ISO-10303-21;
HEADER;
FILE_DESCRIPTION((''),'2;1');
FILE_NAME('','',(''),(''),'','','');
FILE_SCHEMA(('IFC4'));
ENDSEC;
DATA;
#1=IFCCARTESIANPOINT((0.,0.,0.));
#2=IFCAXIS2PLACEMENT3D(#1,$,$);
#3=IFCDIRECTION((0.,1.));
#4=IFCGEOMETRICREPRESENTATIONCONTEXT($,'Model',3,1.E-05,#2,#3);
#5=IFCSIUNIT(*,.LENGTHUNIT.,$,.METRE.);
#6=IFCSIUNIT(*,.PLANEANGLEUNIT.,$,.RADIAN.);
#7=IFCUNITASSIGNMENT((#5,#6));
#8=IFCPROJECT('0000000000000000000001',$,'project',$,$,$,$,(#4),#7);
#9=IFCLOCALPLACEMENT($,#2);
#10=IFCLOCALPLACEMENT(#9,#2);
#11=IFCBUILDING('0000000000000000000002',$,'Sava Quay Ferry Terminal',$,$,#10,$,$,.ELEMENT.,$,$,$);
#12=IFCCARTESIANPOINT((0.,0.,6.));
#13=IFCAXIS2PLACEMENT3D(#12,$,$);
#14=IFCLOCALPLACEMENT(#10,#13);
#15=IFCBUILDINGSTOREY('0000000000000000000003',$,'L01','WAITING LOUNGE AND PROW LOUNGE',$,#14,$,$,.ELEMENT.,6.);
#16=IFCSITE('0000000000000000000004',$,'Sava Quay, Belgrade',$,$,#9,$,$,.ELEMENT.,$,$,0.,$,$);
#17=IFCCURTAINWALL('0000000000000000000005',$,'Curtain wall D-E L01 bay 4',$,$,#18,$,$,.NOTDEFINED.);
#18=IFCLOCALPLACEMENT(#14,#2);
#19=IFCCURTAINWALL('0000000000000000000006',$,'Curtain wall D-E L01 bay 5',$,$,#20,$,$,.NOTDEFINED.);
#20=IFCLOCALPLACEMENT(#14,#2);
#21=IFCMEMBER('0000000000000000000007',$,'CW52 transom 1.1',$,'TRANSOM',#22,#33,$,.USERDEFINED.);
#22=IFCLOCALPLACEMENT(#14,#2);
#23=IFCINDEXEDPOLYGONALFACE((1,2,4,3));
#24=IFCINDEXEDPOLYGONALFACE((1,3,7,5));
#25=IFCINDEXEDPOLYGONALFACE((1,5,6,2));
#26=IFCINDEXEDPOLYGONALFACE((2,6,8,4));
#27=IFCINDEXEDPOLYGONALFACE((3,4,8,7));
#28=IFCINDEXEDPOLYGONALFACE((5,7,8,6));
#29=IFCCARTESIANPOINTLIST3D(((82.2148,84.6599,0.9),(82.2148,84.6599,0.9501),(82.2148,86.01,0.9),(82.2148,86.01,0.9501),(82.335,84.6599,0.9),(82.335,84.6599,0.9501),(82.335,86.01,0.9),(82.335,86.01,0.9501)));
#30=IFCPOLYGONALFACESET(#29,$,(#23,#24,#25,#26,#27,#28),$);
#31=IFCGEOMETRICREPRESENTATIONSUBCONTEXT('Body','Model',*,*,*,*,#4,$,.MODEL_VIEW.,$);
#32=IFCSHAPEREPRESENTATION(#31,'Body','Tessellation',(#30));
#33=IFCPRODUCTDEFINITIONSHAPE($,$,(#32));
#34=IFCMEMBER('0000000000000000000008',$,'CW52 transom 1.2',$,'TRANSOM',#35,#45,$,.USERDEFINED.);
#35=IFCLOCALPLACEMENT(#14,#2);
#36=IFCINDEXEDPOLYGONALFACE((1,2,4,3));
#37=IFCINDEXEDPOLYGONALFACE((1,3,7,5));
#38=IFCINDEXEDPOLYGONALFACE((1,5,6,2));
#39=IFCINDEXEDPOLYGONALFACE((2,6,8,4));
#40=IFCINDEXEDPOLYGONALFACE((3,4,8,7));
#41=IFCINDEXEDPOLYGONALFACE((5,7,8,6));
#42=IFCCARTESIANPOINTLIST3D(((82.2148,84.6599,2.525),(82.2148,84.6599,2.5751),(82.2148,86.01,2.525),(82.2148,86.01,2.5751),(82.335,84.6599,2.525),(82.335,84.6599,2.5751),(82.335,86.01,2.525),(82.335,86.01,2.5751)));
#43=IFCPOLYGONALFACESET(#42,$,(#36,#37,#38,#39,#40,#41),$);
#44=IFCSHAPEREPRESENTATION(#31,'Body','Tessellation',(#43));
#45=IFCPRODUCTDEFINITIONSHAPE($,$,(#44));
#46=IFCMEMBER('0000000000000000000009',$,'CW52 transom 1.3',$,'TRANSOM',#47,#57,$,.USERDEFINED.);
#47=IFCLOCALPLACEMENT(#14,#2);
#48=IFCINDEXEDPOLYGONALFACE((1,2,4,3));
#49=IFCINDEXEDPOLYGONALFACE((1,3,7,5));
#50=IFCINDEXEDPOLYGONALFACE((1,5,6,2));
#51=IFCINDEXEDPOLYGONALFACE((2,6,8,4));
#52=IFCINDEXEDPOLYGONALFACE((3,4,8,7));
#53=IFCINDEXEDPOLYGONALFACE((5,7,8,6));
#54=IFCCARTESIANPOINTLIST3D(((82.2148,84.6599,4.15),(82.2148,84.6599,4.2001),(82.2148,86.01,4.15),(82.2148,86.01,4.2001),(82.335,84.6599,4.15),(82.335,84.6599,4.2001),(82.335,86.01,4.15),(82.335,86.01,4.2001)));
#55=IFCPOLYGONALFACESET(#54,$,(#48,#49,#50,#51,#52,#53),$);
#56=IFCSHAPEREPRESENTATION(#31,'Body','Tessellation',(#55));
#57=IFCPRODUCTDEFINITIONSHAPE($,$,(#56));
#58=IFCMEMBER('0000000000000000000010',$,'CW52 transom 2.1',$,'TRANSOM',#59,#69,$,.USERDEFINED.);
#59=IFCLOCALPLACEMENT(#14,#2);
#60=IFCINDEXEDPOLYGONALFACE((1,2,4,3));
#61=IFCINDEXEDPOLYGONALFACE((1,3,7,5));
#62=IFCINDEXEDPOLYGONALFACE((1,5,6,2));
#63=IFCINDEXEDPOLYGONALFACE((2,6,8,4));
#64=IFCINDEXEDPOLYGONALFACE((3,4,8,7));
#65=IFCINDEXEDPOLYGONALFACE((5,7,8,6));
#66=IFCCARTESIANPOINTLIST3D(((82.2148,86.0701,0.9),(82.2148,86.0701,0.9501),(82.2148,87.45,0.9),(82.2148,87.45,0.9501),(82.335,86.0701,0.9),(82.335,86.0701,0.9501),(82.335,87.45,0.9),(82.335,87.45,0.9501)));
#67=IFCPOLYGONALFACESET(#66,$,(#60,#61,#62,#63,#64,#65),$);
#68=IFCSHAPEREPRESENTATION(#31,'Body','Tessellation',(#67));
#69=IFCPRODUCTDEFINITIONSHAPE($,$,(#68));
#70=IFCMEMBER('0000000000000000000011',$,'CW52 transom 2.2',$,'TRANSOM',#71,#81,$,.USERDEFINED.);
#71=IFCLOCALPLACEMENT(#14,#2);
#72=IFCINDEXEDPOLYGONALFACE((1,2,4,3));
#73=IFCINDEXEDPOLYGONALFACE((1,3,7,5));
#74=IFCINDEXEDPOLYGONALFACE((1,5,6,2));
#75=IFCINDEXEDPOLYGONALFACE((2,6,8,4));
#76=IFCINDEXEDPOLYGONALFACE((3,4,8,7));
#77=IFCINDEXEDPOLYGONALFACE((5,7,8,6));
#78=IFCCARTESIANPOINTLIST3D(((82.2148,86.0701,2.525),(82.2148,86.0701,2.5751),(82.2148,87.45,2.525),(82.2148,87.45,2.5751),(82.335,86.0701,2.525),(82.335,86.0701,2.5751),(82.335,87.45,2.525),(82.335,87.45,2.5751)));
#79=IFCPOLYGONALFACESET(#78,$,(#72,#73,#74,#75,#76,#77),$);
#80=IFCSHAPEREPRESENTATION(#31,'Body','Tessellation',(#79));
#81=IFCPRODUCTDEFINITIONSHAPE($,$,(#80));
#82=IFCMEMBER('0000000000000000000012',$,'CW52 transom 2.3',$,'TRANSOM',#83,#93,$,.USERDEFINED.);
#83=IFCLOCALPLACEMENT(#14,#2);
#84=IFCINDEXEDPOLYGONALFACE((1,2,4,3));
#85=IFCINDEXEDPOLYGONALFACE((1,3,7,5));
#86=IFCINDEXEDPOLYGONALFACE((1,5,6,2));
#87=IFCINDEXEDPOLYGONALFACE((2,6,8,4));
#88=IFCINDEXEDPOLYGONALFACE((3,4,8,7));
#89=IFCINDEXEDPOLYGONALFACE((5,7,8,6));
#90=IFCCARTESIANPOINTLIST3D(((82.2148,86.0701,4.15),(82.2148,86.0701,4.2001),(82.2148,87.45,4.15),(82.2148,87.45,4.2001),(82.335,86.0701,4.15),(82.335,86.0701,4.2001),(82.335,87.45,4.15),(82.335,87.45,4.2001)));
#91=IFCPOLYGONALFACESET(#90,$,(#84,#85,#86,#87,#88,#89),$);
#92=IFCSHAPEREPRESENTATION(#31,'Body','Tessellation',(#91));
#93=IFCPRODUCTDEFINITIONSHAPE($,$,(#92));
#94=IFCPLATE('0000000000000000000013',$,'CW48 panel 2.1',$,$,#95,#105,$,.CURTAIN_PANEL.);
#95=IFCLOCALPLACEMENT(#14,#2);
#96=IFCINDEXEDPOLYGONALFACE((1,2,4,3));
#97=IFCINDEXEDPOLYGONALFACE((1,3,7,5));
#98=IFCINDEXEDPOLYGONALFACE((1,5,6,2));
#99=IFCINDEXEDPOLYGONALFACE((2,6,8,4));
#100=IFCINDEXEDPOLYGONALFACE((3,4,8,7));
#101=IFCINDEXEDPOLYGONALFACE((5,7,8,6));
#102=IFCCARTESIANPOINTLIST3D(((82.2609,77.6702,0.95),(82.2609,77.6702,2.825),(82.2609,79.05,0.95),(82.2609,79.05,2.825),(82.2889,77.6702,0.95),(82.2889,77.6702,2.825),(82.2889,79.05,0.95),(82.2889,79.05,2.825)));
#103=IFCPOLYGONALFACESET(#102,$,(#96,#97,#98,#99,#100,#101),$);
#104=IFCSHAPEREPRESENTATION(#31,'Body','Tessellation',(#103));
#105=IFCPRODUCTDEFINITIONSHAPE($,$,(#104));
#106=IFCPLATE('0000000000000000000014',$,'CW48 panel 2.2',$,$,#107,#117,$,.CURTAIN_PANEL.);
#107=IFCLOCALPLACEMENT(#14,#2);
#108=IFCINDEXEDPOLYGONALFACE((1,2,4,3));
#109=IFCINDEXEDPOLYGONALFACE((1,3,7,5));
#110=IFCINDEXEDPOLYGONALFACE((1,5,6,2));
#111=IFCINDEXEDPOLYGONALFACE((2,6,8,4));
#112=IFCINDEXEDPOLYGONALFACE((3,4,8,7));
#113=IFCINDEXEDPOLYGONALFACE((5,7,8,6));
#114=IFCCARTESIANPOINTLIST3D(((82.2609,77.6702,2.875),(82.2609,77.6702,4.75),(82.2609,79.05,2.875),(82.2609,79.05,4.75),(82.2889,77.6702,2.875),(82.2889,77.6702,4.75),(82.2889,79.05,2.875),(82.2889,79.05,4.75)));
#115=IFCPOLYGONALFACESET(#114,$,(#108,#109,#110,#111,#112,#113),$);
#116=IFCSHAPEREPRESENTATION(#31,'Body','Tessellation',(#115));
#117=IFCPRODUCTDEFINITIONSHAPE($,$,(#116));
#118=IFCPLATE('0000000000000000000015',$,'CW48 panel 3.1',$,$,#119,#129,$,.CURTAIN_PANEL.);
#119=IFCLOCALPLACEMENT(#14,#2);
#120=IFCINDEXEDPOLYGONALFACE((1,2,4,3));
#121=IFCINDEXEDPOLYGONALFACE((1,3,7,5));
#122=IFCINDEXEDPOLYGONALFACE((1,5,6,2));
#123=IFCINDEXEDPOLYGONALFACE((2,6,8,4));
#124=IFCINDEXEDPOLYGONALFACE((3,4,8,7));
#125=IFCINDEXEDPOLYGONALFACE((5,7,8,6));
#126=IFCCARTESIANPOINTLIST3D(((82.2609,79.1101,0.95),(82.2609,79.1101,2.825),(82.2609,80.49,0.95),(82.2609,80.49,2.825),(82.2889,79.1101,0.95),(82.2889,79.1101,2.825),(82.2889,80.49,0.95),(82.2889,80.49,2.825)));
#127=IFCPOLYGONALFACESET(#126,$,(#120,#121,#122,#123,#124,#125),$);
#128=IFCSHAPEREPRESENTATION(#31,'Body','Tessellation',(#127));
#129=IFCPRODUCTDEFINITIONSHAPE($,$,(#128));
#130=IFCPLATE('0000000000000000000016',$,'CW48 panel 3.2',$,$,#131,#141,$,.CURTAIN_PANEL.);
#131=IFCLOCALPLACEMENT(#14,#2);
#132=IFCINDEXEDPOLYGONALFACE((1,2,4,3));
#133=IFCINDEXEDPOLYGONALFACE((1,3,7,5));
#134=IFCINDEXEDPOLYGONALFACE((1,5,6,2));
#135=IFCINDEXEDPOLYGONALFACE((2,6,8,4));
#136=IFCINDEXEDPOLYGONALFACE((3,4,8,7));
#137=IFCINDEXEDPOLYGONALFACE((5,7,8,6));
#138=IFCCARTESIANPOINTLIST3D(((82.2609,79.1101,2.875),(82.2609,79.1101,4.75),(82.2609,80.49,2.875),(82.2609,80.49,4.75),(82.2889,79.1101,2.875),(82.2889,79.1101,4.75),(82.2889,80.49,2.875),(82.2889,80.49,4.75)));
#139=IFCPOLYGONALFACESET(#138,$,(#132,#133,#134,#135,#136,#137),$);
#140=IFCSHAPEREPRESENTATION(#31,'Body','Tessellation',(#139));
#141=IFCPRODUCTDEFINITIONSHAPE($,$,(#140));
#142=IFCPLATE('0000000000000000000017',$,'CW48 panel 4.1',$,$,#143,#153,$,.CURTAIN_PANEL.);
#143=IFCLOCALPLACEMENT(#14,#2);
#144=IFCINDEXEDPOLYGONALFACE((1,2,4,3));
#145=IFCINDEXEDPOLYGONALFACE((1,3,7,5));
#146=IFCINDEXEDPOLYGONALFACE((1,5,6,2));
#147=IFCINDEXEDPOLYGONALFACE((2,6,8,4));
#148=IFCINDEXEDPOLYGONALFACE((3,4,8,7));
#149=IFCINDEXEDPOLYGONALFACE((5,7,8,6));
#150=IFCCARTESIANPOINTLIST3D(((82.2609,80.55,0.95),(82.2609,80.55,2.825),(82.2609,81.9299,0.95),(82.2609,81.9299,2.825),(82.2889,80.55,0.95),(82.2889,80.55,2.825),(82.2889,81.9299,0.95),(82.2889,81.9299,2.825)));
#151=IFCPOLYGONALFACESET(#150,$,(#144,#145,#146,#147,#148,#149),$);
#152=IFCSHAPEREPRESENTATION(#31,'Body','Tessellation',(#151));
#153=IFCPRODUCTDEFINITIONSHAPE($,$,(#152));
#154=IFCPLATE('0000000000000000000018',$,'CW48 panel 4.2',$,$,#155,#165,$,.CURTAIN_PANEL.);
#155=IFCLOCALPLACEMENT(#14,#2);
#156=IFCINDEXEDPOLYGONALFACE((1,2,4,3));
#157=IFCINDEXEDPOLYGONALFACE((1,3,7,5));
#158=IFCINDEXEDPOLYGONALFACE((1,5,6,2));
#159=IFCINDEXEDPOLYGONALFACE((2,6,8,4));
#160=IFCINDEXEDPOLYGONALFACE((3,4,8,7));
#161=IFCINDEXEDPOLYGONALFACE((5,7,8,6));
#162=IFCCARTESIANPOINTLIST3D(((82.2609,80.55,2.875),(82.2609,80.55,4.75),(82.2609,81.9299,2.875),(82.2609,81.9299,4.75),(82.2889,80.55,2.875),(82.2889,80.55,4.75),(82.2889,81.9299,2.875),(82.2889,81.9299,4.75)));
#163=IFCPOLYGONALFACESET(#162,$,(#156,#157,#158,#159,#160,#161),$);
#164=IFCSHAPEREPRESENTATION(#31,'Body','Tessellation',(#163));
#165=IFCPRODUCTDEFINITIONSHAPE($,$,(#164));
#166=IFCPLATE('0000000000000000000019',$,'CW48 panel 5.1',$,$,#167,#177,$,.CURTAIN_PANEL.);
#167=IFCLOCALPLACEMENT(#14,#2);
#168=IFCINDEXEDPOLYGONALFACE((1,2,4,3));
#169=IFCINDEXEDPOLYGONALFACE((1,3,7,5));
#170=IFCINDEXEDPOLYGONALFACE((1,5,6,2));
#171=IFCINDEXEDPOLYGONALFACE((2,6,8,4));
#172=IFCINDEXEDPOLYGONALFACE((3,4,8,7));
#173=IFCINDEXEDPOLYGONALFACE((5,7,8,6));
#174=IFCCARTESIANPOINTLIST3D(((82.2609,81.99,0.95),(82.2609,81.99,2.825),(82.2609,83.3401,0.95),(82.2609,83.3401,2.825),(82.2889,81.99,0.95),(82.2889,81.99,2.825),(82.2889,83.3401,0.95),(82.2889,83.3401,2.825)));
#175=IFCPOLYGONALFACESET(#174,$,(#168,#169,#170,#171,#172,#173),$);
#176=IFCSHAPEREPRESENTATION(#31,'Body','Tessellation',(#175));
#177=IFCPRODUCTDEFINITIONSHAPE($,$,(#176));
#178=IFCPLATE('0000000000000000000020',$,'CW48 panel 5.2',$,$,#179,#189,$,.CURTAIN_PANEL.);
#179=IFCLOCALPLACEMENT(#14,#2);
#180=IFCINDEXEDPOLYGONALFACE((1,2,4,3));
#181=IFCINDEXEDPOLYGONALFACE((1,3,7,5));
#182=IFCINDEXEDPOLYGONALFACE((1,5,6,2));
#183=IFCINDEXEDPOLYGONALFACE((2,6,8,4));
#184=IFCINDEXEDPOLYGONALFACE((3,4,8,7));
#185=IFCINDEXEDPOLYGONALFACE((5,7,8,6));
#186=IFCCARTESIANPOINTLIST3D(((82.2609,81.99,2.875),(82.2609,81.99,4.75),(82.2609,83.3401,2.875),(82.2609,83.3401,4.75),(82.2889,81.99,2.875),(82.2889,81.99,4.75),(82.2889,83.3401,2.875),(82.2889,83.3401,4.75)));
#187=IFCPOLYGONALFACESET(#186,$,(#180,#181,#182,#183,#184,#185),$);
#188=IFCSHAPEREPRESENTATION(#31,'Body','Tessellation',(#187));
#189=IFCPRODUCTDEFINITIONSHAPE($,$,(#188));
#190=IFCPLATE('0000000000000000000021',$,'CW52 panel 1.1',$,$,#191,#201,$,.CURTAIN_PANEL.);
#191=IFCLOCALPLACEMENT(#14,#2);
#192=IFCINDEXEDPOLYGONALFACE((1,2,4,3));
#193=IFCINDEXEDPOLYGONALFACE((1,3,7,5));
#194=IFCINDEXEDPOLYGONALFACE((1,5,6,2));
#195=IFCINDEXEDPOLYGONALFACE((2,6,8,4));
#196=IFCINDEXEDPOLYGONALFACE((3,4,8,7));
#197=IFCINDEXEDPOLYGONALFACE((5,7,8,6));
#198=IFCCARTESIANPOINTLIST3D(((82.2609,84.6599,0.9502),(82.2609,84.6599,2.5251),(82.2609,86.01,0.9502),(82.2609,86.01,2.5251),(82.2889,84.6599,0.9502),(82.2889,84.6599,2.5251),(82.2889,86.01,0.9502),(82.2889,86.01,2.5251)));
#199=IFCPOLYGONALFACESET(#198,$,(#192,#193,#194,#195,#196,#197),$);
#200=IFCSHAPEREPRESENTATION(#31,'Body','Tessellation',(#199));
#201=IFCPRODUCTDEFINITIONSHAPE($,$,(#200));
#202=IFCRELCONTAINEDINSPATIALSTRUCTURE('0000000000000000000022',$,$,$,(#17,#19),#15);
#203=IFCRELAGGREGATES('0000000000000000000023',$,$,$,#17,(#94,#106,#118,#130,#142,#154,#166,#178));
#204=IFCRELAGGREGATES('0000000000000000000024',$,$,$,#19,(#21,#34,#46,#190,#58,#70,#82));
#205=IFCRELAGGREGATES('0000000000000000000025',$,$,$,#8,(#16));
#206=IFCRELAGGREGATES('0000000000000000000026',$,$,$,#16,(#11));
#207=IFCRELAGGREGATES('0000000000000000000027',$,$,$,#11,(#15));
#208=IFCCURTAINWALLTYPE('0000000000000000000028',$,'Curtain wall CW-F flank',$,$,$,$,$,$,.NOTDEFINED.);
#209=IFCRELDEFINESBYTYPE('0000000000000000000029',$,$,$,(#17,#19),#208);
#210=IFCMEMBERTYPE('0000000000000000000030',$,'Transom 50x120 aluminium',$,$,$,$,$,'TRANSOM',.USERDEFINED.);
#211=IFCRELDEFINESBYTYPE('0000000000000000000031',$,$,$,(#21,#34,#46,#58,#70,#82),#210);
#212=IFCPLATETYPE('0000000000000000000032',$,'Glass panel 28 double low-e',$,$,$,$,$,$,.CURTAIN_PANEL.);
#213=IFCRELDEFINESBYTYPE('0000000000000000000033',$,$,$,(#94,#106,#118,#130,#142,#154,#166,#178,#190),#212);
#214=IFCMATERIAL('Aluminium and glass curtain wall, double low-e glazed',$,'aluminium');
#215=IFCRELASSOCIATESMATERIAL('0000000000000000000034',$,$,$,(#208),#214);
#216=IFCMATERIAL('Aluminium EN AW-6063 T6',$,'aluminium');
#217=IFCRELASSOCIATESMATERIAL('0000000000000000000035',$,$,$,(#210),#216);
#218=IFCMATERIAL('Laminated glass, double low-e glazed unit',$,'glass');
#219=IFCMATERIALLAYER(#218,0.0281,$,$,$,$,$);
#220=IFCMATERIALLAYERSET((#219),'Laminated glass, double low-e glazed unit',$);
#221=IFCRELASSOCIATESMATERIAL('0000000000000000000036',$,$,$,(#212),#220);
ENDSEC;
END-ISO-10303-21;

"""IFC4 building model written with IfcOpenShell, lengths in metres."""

from ifc_helpers import new_model, si_unit, direction, frame, origin, origin_2d, place, context, subcontext, project, spatial, rectangle, extrude, material, layer, layer_set, material_profile, profile_set, type_object, element, aggregate, save


model = new_model("IFC4")

# Units and contexts
model_context = context("Model", 3, precision=1e-05, world=origin(), true_north=direction((0.0, 1.0)))
body_context = subcontext(model_context, "Body", "Model", "MODEL_VIEW")
ifc_project = project(units=[si_unit("LENGTHUNIT", "METRE"), si_unit("PLANEANGLEUNIT", "RADIAN")], contexts=[model_context])

# Site, building, storey
site_placement = place(None, origin())
site = spatial("IfcSite", under=ifc_project, at=site_placement, Name="Sava Quay, Belgrade", CompositionType="ELEMENT", RefElevation=0.0)
building_placement = place(site_placement, origin())
building = spatial("IfcBuilding", under=site, at=building_placement, Name="Sava Quay Ferry Terminal", CompositionType="ELEMENT")
storey_placement = place(building_placement, frame((0.0, 0.0, 6.0)))
storey = spatial("IfcBuildingStorey", under=building, at=storey_placement, Name="L01", Description="WAITING LOUNGE AND PROW LOUNGE", CompositionType="ELEMENT", Elevation=6.0)

# Curtain walls
ifc_material_1 = material(Name="Aluminium and glass curtain wall, double low-e glazed", Category="aluminium")
curtain_wall_type = type_object("IfcCurtainWallType", Name="Curtain wall CW-F flank", PredefinedType="NOTDEFINED", material=ifc_material_1)
curtain_wall_1_placement = place(storey_placement, origin())
curtain_wall_1 = element("IfcCurtainWall", 1, at=curtain_wall_1_placement, inside=storey, type_object=curtain_wall_type, Name="Curtain wall D-E L01 bay 4", PredefinedType="NOTDEFINED")
curtain_wall_2_placement = place(storey_placement, origin())
curtain_wall_2 = element("IfcCurtainWall", 2, at=curtain_wall_2_placement, inside=storey, type_object=curtain_wall_type, Name="Curtain wall D-E L01 bay 5", PredefinedType="NOTDEFINED")

# Members
ifc_material_2 = material(Name="Aluminium EN AW-6063 T6", Category="aluminium")
ifc_material_profile_1 = material_profile(ifc_material_2, rectangle(XDim=0.1201, YDim=0.05, at=origin_2d()), Name="Transom 50x120 aluminium")
ifc_profile_set_1 = profile_set([ifc_material_profile_1], Name="Aluminium EN AW-6063 T6")
member_type_1 = type_object("IfcMemberType", Name="Transom 50x120 aluminium", ElementType="TRANSOM", PredefinedType="USERDEFINED", material=ifc_profile_set_1)
member_1_placement = place(storey_placement, frame((82.2749, 84.6599, 0.925), z_axis=(0.0, 1.0, 0.0), x_axis=(-1.0, 0.0, 0.0)))
member_1 = element("IfcMember", 3, at=member_1_placement, type_object=member_type_1, Name="CW52 transom 1.1", ObjectType="TRANSOM", PredefinedType="USERDEFINED", context=body_context, shape_type="SweptSolid", body=[
    extrude(rectangle(XDim=0.1201, YDim=0.05, at=origin_2d()), origin(), (0.0, 0.0, 1.0), 1.3501),
])
member_2_placement = place(storey_placement, frame((82.2749, 84.6599, 2.55), z_axis=(0.0, 1.0, 0.0), x_axis=(-1.0, 0.0, 0.0)))
member_2 = element("IfcMember", 4, at=member_2_placement, type_object=member_type_1, Name="CW52 transom 1.2", ObjectType="TRANSOM", PredefinedType="USERDEFINED", context=body_context, shape_type="SweptSolid", body=[
    extrude(rectangle(XDim=0.1201, YDim=0.05, at=origin_2d()), origin(), (0.0, 0.0, 1.0), 1.3501),
])
member_3_placement = place(storey_placement, frame((82.2749, 84.6599, 4.175), z_axis=(0.0, 1.0, 0.0), x_axis=(-1.0, 0.0, 0.0)))
member_3 = element("IfcMember", 5, at=member_3_placement, type_object=member_type_1, Name="CW52 transom 1.3", ObjectType="TRANSOM", PredefinedType="USERDEFINED", context=body_context, shape_type="SweptSolid", body=[
    extrude(rectangle(XDim=0.1201, YDim=0.05, at=origin_2d()), origin(), (0.0, 0.0, 1.0), 1.3501),
])
member_4_placement = place(storey_placement, frame((82.2749, 86.0701, 0.925), z_axis=(0.0, 1.0, 0.0), x_axis=(-1.0, 0.0, 0.0)))
member_4 = element("IfcMember", 6, at=member_4_placement, type_object=member_type_1, Name="CW52 transom 2.1", ObjectType="TRANSOM", PredefinedType="USERDEFINED", context=body_context, shape_type="SweptSolid", body=[
    extrude(rectangle(XDim=0.1201, YDim=0.05, at=origin_2d()), origin(), (0.0, 0.0, 1.0), 1.3799),
])
member_5_placement = place(storey_placement, frame((82.2749, 86.0701, 2.55), z_axis=(0.0, 1.0, 0.0), x_axis=(-1.0, 0.0, 0.0)))
member_5 = element("IfcMember", 7, at=member_5_placement, type_object=member_type_1, Name="CW52 transom 2.2", ObjectType="TRANSOM", PredefinedType="USERDEFINED", context=body_context, shape_type="SweptSolid", body=[
    extrude(rectangle(XDim=0.1201, YDim=0.05, at=origin_2d()), origin(), (0.0, 0.0, 1.0), 1.3799),
])
member_6_placement = place(storey_placement, frame((82.2749, 86.0701, 4.175), z_axis=(0.0, 1.0, 0.0), x_axis=(-1.0, 0.0, 0.0)))
member_6 = element("IfcMember", 8, at=member_6_placement, type_object=member_type_1, Name="CW52 transom 2.3", ObjectType="TRANSOM", PredefinedType="USERDEFINED", context=body_context, shape_type="SweptSolid", body=[
    extrude(rectangle(XDim=0.1201, YDim=0.05, at=origin_2d()), origin(), (0.0, 0.0, 1.0), 1.3799),
])

# Plates
ifc_material_3 = material(Name="Laminated glass, double low-e glazed unit", Category="glass")
ifc_layer_1 = layer(ifc_material_3, 0.0281)
ifc_layer_set_1 = layer_set([ifc_layer_1], Name="Laminated glass, double low-e glazed unit")
plate_type = type_object("IfcPlateType", Name="Glass panel 28 double low-e", PredefinedType="CURTAIN_PANEL", material=ifc_layer_set_1)
plate_1_placement = place(storey_placement, frame((82.2749, 78.3601, 0.95), z_axis=(0.0, 0.0, 1.0), x_axis=(0.0, 1.0, 0.0)))
plate_1 = element("IfcPlate", 9, at=plate_1_placement, type_object=plate_type, Name="CW48 panel 2.1", PredefinedType="CURTAIN_PANEL", context=body_context, shape_type="SweptSolid", body=[
    extrude(rectangle(XDim=1.3799, YDim=0.0281, at=origin_2d()), origin(), (0.0, 0.0, 1.0), 1.875),
])
plate_2_placement = place(storey_placement, frame((82.2749, 78.3601, 2.875), z_axis=(0.0, 0.0, 1.0), x_axis=(0.0, 1.0, 0.0)))
plate_2 = element("IfcPlate", 10, at=plate_2_placement, type_object=plate_type, Name="CW48 panel 2.2", PredefinedType="CURTAIN_PANEL", context=body_context, shape_type="SweptSolid", body=[
    extrude(rectangle(XDim=1.3799, YDim=0.0281, at=origin_2d()), origin(), (0.0, 0.0, 1.0), 1.875),
])
plate_3_placement = place(storey_placement, frame((82.2749, 79.8, 0.95), z_axis=(0.0, 0.0, 1.0), x_axis=(0.0, 1.0, 0.0)))
plate_3 = element("IfcPlate", 11, at=plate_3_placement, type_object=plate_type, Name="CW48 panel 3.1", PredefinedType="CURTAIN_PANEL", context=body_context, shape_type="SweptSolid", body=[
    extrude(rectangle(XDim=1.3799, YDim=0.0281, at=origin_2d()), origin(), (0.0, 0.0, 1.0), 1.875),
])
plate_4_placement = place(storey_placement, frame((82.2749, 79.8, 2.875), z_axis=(0.0, 0.0, 1.0), x_axis=(0.0, 1.0, 0.0)))
plate_4 = element("IfcPlate", 12, at=plate_4_placement, type_object=plate_type, Name="CW48 panel 3.2", PredefinedType="CURTAIN_PANEL", context=body_context, shape_type="SweptSolid", body=[
    extrude(rectangle(XDim=1.3799, YDim=0.0281, at=origin_2d()), origin(), (0.0, 0.0, 1.0), 1.875),
])
plate_5_placement = place(storey_placement, frame((82.2749, 81.24, 0.95), z_axis=(0.0, 0.0, 1.0), x_axis=(0.0, 1.0, 0.0)))
plate_5 = element("IfcPlate", 13, at=plate_5_placement, type_object=plate_type, Name="CW48 panel 4.1", PredefinedType="CURTAIN_PANEL", context=body_context, shape_type="SweptSolid", body=[
    extrude(rectangle(XDim=1.3799, YDim=0.0281, at=origin_2d()), origin(), (0.0, 0.0, 1.0), 1.875),
])
plate_6_placement = place(storey_placement, frame((82.2749, 81.24, 2.875), z_axis=(0.0, 0.0, 1.0), x_axis=(0.0, 1.0, 0.0)))
plate_6 = element("IfcPlate", 14, at=plate_6_placement, type_object=plate_type, Name="CW48 panel 4.2", PredefinedType="CURTAIN_PANEL", context=body_context, shape_type="SweptSolid", body=[
    extrude(rectangle(XDim=1.3799, YDim=0.0281, at=origin_2d()), origin(), (0.0, 0.0, 1.0), 1.875),
])
plate_7_placement = place(storey_placement, frame((82.2749, 82.665, 0.95), z_axis=(0.0, 0.0, 1.0), x_axis=(0.0, 1.0, 0.0)))
plate_7 = element("IfcPlate", 15, at=plate_7_placement, type_object=plate_type, Name="CW48 panel 5.1", PredefinedType="CURTAIN_PANEL", context=body_context, shape_type="SweptSolid", body=[
    extrude(rectangle(XDim=1.3501, YDim=0.0281, at=origin_2d()), origin(), (0.0, 0.0, 1.0), 1.875),
])
plate_8_placement = place(storey_placement, frame((82.2749, 82.665, 2.875), z_axis=(0.0, 0.0, 1.0), x_axis=(0.0, 1.0, 0.0)))
plate_8 = element("IfcPlate", 16, at=plate_8_placement, type_object=plate_type, Name="CW48 panel 5.2", PredefinedType="CURTAIN_PANEL", context=body_context, shape_type="SweptSolid", body=[
    extrude(rectangle(XDim=1.3501, YDim=0.0281, at=origin_2d()), origin(), (0.0, 0.0, 1.0), 1.875),
])
aggregate(curtain_wall_1, [plate_1, plate_2, plate_3, plate_4, plate_5, plate_6, plate_7, plate_8])
plate_9_placement = place(storey_placement, frame((82.2749, 85.335, 0.9502), z_axis=(0.0, 0.0, 1.0), x_axis=(0.0, 1.0, 0.0)))
plate_9 = element("IfcPlate", 17, at=plate_9_placement, type_object=plate_type, Name="CW52 panel 1.1", PredefinedType="CURTAIN_PANEL", context=body_context, shape_type="SweptSolid", body=[
    extrude(rectangle(XDim=1.3501, YDim=0.0281, at=origin_2d()), origin(), (0.0, 0.0, 1.0), 1.575),
])
aggregate(curtain_wall_2, [member_1, member_2, member_3, plate_9, member_4, member_5, member_6])

save(model, "model.ifc")
